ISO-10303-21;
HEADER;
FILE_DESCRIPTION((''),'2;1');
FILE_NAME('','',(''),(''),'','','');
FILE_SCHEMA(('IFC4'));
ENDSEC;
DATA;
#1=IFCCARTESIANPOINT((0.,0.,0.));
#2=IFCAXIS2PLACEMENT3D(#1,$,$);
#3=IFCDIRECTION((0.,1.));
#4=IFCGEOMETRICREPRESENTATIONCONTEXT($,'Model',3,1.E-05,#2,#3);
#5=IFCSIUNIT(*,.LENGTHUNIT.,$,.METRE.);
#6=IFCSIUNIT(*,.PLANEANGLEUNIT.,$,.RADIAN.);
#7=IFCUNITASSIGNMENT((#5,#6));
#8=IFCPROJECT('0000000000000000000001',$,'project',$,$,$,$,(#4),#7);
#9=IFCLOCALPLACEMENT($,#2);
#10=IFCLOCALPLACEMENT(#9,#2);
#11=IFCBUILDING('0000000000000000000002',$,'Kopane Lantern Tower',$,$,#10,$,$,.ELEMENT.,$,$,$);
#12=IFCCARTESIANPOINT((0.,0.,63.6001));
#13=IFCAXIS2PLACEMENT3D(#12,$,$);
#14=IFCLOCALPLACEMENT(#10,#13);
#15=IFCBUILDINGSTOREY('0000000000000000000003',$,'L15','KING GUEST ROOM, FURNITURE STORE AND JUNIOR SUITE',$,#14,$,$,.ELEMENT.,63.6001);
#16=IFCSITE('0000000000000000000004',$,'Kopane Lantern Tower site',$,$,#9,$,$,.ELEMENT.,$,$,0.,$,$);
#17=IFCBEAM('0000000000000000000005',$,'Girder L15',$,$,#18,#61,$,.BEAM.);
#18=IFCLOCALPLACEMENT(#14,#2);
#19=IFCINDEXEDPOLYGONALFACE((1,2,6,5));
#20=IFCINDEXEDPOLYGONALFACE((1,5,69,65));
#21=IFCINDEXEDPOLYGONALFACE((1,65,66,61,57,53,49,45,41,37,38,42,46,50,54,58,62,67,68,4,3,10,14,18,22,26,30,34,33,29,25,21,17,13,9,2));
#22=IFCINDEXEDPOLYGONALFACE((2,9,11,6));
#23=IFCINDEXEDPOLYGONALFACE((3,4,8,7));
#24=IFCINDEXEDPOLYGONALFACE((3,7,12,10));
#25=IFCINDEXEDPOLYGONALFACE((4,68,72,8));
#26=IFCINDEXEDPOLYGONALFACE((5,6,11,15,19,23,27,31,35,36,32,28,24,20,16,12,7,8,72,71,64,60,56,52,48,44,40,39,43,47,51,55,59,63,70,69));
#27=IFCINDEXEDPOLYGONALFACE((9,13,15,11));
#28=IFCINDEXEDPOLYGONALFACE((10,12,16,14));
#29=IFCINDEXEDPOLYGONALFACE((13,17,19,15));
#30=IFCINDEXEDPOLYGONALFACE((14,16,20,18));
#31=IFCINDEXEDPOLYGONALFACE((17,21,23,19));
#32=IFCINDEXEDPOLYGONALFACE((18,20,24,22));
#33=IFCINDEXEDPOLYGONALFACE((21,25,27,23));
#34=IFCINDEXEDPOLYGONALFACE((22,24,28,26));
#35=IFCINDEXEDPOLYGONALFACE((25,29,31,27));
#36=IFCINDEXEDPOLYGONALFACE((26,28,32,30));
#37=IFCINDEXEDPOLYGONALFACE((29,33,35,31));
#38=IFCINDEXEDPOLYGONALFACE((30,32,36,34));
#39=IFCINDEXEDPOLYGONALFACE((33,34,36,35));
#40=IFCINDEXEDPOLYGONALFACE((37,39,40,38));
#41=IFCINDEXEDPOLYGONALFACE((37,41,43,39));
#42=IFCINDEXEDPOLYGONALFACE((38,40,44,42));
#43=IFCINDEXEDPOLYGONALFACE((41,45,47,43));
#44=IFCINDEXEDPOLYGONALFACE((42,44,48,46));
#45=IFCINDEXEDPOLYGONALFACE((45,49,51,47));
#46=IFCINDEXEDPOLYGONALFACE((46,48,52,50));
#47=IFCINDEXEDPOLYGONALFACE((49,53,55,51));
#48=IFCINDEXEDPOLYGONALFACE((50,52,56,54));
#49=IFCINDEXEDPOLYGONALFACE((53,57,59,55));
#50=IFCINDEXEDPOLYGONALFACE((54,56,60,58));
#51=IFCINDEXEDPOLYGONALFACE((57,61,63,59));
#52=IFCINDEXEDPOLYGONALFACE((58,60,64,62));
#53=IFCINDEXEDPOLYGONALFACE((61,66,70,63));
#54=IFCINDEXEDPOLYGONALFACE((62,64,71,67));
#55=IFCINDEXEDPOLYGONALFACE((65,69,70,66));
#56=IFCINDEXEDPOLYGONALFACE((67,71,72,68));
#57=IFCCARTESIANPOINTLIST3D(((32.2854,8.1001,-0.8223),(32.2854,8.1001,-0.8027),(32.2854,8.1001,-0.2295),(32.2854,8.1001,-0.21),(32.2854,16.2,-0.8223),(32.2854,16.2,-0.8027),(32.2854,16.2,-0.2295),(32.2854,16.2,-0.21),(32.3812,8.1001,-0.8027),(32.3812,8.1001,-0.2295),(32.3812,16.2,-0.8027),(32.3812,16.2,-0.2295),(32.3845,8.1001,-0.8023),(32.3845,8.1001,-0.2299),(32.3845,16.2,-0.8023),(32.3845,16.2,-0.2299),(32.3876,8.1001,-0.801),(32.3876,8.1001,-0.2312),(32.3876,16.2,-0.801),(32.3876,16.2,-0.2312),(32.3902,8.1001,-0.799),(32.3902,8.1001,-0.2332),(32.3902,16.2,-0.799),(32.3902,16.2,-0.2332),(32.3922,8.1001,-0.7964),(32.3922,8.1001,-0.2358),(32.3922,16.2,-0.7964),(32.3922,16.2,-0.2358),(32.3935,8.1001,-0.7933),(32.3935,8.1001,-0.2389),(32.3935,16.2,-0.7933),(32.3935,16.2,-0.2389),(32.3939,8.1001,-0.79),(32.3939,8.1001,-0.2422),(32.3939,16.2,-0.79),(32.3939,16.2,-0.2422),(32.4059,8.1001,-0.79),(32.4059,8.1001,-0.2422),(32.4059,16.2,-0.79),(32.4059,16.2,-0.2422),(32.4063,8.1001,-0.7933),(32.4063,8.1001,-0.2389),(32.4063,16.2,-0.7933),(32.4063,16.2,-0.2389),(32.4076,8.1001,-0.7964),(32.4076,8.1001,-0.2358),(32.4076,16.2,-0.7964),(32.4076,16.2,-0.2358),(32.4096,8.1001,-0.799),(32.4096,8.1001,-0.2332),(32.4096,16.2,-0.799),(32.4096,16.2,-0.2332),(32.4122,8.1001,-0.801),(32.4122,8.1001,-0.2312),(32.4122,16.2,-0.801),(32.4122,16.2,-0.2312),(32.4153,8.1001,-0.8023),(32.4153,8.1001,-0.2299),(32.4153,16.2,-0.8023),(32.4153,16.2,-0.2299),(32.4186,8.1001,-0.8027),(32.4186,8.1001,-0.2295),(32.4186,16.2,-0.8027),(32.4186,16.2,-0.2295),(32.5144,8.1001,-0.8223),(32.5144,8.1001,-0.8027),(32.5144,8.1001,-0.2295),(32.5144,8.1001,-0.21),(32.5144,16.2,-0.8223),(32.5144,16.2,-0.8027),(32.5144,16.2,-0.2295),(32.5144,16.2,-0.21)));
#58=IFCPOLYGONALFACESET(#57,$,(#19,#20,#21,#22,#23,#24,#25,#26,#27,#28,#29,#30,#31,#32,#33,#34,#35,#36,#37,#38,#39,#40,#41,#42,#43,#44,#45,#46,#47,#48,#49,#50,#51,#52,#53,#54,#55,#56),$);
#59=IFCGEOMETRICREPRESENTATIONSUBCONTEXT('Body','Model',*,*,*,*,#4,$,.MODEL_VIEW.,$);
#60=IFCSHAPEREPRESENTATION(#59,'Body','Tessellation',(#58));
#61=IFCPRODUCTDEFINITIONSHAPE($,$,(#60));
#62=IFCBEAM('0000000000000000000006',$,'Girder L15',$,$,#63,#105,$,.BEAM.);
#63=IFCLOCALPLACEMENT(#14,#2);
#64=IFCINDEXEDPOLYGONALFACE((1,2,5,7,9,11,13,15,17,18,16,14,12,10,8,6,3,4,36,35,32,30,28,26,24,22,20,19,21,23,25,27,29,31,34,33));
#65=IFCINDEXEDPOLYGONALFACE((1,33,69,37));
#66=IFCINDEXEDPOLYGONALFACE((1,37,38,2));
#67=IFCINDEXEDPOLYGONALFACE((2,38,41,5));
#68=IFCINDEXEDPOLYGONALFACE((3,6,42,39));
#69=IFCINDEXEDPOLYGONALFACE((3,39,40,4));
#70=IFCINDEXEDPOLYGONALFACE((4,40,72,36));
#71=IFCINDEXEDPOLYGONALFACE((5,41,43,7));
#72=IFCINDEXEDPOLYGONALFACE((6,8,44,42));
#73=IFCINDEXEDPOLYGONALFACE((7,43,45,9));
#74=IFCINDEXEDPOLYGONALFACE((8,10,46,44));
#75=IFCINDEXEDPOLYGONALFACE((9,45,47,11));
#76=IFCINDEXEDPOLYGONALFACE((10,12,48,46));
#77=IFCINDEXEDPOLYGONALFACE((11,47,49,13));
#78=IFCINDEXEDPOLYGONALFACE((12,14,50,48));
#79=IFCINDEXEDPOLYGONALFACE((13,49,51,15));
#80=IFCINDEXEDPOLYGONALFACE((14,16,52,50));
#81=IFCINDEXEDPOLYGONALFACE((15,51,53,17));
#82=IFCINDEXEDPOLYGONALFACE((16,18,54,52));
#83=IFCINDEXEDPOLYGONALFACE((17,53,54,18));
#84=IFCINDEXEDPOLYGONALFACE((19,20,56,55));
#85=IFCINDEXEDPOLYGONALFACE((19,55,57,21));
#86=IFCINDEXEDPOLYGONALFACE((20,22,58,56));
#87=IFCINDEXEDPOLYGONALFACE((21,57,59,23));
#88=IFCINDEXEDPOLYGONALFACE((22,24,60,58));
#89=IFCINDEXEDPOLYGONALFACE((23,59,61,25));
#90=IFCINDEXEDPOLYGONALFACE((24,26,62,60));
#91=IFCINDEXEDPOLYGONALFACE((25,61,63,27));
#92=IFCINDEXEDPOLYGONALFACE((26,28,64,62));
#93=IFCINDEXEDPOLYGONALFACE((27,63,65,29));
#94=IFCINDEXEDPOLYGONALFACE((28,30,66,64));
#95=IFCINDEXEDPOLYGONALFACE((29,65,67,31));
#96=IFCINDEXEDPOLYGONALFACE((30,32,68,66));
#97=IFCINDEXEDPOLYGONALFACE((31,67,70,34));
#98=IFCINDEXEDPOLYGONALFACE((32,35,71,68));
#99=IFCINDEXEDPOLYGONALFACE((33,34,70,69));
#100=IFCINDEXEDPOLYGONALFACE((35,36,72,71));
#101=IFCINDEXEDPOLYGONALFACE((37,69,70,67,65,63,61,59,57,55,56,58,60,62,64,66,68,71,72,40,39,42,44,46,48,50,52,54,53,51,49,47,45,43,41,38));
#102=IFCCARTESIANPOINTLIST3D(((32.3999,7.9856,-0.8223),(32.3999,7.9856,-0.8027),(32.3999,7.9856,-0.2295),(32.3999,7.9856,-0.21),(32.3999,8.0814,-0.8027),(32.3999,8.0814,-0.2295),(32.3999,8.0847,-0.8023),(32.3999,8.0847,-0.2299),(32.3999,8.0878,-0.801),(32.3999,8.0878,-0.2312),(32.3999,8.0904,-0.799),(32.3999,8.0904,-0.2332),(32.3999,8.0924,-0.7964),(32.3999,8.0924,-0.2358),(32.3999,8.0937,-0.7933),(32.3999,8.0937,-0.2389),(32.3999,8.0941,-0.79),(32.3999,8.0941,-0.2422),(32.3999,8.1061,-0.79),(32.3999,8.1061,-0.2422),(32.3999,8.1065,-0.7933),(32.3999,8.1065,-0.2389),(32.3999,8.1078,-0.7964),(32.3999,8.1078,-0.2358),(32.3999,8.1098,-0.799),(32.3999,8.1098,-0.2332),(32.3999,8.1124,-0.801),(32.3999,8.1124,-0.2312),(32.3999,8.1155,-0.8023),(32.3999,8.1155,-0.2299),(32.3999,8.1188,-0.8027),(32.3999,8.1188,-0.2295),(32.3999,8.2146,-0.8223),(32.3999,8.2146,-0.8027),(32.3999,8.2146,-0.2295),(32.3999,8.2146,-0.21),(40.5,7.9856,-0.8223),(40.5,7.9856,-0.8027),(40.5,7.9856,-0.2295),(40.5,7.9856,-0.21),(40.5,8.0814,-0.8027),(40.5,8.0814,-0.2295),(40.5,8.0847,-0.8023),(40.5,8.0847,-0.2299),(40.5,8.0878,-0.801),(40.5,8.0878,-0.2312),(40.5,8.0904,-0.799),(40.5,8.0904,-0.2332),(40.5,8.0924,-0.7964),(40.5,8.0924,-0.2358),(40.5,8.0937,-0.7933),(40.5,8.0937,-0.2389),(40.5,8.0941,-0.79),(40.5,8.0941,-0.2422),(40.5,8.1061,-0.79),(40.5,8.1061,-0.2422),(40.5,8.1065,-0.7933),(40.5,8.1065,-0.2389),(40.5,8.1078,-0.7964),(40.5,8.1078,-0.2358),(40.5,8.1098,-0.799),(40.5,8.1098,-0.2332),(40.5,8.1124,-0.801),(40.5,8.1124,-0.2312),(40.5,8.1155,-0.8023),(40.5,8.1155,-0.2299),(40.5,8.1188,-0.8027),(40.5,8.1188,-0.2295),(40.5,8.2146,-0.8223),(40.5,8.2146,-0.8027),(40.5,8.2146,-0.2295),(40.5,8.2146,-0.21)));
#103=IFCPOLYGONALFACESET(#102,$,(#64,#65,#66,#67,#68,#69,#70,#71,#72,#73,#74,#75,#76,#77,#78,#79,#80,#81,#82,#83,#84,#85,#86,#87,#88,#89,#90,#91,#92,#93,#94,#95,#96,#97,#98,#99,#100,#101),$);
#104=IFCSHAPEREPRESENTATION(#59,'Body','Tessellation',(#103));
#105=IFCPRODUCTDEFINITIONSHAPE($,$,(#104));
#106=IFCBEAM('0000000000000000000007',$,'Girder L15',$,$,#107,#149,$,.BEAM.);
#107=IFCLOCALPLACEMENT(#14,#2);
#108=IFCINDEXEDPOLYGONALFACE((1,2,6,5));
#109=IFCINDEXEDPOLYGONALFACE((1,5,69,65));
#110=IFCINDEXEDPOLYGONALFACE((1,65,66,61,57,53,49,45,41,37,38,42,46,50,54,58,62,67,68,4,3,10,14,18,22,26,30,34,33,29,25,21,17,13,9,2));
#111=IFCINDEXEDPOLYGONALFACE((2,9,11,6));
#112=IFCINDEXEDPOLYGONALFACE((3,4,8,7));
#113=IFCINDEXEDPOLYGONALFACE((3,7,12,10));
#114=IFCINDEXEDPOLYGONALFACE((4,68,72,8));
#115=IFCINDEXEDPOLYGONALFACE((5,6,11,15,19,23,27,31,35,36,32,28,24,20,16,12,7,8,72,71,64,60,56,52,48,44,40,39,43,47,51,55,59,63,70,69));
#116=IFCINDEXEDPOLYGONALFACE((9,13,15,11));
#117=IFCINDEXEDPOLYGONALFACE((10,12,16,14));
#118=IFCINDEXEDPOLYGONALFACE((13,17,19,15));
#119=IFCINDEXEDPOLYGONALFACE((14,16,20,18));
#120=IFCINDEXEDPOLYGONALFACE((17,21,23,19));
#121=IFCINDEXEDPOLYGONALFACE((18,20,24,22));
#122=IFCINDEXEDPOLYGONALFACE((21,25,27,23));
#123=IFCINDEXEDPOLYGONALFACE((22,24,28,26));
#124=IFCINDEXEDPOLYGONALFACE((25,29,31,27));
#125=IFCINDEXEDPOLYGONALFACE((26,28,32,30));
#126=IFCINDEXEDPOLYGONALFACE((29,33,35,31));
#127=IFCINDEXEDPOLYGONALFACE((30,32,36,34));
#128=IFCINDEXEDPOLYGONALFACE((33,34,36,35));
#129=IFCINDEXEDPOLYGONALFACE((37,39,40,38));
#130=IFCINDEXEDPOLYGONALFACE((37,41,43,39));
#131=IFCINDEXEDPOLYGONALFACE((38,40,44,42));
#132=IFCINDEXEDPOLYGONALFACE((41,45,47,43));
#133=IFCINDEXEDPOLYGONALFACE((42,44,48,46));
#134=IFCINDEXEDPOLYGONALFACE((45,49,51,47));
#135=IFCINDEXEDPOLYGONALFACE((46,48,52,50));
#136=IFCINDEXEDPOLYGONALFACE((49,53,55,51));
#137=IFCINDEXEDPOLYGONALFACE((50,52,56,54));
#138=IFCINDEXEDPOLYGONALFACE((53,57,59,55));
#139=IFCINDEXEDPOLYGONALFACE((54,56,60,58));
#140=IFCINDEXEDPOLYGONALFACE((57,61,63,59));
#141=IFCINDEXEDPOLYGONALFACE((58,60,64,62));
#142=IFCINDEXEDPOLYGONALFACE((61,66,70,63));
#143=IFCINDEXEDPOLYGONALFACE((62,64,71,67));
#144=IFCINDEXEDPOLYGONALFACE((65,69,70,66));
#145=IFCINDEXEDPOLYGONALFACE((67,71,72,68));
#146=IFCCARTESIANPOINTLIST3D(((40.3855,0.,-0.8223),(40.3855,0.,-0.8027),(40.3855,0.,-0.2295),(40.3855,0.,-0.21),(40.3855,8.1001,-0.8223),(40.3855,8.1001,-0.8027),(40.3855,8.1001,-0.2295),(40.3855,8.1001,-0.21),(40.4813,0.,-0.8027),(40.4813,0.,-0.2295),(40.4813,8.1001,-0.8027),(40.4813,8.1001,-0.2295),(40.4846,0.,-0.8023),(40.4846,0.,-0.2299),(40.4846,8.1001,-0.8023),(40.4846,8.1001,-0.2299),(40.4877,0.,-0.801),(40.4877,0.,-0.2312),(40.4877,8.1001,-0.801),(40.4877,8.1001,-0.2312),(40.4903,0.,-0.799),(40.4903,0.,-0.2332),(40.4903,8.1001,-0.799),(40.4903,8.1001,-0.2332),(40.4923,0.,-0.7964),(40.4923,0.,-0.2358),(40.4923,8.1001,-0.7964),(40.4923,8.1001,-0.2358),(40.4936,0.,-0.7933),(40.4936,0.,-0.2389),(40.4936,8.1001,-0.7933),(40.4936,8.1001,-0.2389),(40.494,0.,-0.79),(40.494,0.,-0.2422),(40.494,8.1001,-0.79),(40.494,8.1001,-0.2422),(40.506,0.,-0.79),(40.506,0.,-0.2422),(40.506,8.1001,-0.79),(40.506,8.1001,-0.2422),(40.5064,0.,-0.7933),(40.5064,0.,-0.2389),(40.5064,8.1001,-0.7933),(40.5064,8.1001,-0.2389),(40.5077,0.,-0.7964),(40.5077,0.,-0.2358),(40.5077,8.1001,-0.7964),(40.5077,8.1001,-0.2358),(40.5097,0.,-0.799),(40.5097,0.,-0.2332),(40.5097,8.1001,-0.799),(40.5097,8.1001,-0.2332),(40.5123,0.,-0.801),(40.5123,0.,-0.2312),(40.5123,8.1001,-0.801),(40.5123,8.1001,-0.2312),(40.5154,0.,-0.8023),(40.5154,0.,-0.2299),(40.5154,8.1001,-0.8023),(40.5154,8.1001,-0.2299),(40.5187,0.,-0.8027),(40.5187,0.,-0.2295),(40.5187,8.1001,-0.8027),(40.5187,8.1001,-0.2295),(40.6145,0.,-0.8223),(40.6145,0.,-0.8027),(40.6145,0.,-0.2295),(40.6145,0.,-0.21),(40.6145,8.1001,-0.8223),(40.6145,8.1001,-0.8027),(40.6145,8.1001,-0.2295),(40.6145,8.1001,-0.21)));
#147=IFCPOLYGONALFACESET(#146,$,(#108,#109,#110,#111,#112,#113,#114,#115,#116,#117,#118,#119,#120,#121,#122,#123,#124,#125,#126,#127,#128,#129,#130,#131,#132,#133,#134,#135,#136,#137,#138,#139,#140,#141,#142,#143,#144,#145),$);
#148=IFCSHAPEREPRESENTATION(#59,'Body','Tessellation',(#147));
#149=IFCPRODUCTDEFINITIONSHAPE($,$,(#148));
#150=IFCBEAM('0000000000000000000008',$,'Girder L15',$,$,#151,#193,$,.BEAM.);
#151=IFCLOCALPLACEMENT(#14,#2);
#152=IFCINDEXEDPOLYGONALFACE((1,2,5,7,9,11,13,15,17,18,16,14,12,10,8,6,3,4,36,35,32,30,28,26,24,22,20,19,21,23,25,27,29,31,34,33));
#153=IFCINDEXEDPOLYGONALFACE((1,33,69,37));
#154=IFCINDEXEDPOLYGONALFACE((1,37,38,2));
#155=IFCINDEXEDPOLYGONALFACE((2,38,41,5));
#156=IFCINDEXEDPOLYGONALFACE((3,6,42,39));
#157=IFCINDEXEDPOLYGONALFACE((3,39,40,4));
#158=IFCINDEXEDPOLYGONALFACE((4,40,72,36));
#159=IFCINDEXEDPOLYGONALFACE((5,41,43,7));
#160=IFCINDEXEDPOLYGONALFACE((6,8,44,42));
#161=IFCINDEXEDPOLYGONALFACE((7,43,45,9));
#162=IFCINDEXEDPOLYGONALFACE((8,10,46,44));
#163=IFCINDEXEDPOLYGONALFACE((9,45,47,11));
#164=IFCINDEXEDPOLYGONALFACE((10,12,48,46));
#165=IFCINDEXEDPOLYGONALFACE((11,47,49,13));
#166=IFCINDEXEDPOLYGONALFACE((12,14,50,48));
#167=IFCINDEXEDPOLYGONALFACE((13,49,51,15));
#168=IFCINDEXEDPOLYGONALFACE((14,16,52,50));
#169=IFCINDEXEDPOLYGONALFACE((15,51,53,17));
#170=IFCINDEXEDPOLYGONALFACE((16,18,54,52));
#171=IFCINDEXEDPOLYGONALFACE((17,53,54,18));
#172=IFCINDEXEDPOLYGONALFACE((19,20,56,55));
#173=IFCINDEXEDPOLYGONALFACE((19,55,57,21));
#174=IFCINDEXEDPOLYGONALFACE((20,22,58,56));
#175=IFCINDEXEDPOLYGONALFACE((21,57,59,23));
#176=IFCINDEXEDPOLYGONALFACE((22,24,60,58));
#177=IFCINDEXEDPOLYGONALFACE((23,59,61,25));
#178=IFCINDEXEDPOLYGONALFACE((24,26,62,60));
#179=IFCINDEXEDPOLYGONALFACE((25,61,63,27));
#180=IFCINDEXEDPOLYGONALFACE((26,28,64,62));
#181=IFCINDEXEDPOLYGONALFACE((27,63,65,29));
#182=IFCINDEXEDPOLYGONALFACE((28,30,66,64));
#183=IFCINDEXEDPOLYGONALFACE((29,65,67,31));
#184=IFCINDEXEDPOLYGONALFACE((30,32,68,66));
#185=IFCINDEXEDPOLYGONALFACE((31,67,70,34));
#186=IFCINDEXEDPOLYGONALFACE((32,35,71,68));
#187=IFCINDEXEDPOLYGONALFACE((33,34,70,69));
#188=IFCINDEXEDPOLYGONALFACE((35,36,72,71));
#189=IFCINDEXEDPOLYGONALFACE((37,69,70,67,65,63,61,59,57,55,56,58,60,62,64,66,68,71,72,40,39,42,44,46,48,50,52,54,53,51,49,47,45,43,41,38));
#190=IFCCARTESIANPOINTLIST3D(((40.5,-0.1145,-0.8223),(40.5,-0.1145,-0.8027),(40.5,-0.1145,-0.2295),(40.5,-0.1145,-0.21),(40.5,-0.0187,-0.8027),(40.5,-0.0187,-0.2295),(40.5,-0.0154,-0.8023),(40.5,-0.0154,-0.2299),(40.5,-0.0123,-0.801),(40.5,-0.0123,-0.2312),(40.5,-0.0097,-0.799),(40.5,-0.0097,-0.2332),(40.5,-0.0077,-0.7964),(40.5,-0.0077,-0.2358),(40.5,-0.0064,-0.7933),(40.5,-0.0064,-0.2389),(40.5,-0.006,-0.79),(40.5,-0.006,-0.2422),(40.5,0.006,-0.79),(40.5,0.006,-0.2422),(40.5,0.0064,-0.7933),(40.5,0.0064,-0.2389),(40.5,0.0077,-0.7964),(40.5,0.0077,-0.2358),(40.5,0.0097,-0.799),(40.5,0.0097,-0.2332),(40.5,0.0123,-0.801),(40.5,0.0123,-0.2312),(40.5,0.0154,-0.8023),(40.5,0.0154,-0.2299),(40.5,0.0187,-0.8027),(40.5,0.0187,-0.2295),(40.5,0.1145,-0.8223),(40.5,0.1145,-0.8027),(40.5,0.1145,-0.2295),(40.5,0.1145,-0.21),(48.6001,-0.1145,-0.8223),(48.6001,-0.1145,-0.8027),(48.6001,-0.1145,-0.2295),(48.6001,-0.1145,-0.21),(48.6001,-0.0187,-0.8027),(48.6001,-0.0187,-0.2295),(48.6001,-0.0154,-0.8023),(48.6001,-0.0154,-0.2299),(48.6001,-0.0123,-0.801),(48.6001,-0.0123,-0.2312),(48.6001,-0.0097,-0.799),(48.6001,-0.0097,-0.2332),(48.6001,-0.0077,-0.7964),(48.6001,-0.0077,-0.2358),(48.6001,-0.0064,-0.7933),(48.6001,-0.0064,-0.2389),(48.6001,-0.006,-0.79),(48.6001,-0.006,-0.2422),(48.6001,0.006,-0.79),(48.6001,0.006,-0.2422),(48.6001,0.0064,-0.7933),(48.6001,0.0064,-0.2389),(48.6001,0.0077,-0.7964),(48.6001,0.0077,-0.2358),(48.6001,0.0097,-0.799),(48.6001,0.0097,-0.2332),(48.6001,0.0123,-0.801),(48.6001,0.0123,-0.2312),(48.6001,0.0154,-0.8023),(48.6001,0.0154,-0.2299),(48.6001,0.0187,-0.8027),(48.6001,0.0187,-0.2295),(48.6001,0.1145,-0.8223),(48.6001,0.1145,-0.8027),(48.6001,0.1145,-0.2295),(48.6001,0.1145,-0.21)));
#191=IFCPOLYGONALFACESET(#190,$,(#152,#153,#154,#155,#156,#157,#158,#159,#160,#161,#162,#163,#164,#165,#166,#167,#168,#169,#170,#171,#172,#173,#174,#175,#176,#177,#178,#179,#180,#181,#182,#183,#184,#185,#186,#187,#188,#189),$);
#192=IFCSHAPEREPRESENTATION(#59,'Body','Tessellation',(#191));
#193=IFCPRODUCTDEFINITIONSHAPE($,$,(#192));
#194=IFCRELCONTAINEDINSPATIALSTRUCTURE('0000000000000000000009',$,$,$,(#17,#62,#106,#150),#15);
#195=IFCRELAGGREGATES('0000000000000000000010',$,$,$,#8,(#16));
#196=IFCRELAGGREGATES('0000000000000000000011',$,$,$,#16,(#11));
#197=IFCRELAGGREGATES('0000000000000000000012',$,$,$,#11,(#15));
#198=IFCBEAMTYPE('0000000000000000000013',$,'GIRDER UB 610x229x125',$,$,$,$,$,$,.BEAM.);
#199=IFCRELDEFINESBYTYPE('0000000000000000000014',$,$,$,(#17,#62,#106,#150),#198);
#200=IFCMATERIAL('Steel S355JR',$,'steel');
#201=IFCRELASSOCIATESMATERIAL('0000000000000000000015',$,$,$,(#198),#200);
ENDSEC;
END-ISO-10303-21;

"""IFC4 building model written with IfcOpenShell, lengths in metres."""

from ifc_helpers import new_model, si_unit, direction, frame, origin, origin_2d, place, context, subcontext, project, spatial, i_section, extrude, material, material_profile, profile_set, type_object, element, save


model = new_model("IFC4")

# Units and contexts
model_context = context("Model", 3, precision=1e-05, world=origin(), true_north=direction((0.0, 1.0)))
body_context = subcontext(model_context, "Body", "Model", "MODEL_VIEW")
ifc_project = project(units=[si_unit("LENGTHUNIT", "METRE"), si_unit("PLANEANGLEUNIT", "RADIAN")], contexts=[model_context])

# Site, building, storey
site_placement = place(None, origin())
site = spatial("IfcSite", under=ifc_project, at=site_placement, Name="Kopane Lantern Tower site", CompositionType="ELEMENT", RefElevation=0.0)
building_placement = place(site_placement, origin())
building = spatial("IfcBuilding", under=site, at=building_placement, Name="Kopane Lantern Tower", CompositionType="ELEMENT")
storey_placement = place(building_placement, frame((0.0, 0.0, 63.6001)))
storey = spatial("IfcBuildingStorey", under=building, at=storey_placement, Name="L15", Description="KING GUEST ROOM, FURNITURE STORE AND JUNIOR SUITE", CompositionType="ELEMENT", Elevation=63.6001)

# Beams
ifc_material_1 = material(Name="Steel S355JR", Category="steel")
ifc_material_profile_1 = material_profile(ifc_material_1, i_section(OverallWidth=0.229, OverallDepth=0.6123, WebThickness=0.012, FlangeThickness=0.0195, FilletRadius=0.0127, at=origin_2d()), Name="UB 610x229x125")
ifc_profile_set_1 = profile_set([ifc_material_profile_1], Name="Steel S355JR")
beam_type = type_object("IfcBeamType", Name="GIRDER UB 610x229x125", PredefinedType="BEAM", material=ifc_profile_set_1)
beam_1_placement = place(storey_placement, frame((32.3999, 8.1001, -0.5161), z_axis=(0.0, 1.0, 0.0), x_axis=(-1.0, 0.0, 0.0)))
element("IfcBeam", 1, at=beam_1_placement, inside=storey, type_object=beam_type, Name="Girder L15", PredefinedType="BEAM", context=body_context, shape_type="SweptSolid", body=[
    extrude(i_section(OverallWidth=0.229, OverallDepth=0.6123, WebThickness=0.012, FlangeThickness=0.0195, FilletRadius=0.0127, at=origin_2d()), origin(), (0.0, 0.0, 1.0), 8.0999),
])
for number, where, z_axis, x_axis, name in (
    (2, (32.3999, 8.1001, -0.5161), (1.0, 0.0, 0.0), (0.0, 1.0, 0.0), "Girder L15"),
    (3, (40.5, 0.0, -0.5161), (0.0, 1.0, 0.0), (-1.0, 0.0, 0.0), "Girder L15"),
    (4, (40.5, 0.0, -0.5161), (1.0, 0.0, 0.0), (0.0, 1.0, 0.0), "Girder L15"),
):
    element("IfcBeam", number, at=place(storey_placement, frame(where, z_axis=z_axis, x_axis=x_axis)), inside=storey, type_object=beam_type, Name=name, PredefinedType="BEAM", context=body_context, shape_type="SweptSolid", body=[
        extrude(i_section(OverallWidth=0.229, OverallDepth=0.6123, WebThickness=0.012, FlangeThickness=0.0195, FilletRadius=0.0127, at=origin_2d()), origin(), (0.0, 0.0, 1.0), 8.1001),
    ])

save(model, "model.ifc")
